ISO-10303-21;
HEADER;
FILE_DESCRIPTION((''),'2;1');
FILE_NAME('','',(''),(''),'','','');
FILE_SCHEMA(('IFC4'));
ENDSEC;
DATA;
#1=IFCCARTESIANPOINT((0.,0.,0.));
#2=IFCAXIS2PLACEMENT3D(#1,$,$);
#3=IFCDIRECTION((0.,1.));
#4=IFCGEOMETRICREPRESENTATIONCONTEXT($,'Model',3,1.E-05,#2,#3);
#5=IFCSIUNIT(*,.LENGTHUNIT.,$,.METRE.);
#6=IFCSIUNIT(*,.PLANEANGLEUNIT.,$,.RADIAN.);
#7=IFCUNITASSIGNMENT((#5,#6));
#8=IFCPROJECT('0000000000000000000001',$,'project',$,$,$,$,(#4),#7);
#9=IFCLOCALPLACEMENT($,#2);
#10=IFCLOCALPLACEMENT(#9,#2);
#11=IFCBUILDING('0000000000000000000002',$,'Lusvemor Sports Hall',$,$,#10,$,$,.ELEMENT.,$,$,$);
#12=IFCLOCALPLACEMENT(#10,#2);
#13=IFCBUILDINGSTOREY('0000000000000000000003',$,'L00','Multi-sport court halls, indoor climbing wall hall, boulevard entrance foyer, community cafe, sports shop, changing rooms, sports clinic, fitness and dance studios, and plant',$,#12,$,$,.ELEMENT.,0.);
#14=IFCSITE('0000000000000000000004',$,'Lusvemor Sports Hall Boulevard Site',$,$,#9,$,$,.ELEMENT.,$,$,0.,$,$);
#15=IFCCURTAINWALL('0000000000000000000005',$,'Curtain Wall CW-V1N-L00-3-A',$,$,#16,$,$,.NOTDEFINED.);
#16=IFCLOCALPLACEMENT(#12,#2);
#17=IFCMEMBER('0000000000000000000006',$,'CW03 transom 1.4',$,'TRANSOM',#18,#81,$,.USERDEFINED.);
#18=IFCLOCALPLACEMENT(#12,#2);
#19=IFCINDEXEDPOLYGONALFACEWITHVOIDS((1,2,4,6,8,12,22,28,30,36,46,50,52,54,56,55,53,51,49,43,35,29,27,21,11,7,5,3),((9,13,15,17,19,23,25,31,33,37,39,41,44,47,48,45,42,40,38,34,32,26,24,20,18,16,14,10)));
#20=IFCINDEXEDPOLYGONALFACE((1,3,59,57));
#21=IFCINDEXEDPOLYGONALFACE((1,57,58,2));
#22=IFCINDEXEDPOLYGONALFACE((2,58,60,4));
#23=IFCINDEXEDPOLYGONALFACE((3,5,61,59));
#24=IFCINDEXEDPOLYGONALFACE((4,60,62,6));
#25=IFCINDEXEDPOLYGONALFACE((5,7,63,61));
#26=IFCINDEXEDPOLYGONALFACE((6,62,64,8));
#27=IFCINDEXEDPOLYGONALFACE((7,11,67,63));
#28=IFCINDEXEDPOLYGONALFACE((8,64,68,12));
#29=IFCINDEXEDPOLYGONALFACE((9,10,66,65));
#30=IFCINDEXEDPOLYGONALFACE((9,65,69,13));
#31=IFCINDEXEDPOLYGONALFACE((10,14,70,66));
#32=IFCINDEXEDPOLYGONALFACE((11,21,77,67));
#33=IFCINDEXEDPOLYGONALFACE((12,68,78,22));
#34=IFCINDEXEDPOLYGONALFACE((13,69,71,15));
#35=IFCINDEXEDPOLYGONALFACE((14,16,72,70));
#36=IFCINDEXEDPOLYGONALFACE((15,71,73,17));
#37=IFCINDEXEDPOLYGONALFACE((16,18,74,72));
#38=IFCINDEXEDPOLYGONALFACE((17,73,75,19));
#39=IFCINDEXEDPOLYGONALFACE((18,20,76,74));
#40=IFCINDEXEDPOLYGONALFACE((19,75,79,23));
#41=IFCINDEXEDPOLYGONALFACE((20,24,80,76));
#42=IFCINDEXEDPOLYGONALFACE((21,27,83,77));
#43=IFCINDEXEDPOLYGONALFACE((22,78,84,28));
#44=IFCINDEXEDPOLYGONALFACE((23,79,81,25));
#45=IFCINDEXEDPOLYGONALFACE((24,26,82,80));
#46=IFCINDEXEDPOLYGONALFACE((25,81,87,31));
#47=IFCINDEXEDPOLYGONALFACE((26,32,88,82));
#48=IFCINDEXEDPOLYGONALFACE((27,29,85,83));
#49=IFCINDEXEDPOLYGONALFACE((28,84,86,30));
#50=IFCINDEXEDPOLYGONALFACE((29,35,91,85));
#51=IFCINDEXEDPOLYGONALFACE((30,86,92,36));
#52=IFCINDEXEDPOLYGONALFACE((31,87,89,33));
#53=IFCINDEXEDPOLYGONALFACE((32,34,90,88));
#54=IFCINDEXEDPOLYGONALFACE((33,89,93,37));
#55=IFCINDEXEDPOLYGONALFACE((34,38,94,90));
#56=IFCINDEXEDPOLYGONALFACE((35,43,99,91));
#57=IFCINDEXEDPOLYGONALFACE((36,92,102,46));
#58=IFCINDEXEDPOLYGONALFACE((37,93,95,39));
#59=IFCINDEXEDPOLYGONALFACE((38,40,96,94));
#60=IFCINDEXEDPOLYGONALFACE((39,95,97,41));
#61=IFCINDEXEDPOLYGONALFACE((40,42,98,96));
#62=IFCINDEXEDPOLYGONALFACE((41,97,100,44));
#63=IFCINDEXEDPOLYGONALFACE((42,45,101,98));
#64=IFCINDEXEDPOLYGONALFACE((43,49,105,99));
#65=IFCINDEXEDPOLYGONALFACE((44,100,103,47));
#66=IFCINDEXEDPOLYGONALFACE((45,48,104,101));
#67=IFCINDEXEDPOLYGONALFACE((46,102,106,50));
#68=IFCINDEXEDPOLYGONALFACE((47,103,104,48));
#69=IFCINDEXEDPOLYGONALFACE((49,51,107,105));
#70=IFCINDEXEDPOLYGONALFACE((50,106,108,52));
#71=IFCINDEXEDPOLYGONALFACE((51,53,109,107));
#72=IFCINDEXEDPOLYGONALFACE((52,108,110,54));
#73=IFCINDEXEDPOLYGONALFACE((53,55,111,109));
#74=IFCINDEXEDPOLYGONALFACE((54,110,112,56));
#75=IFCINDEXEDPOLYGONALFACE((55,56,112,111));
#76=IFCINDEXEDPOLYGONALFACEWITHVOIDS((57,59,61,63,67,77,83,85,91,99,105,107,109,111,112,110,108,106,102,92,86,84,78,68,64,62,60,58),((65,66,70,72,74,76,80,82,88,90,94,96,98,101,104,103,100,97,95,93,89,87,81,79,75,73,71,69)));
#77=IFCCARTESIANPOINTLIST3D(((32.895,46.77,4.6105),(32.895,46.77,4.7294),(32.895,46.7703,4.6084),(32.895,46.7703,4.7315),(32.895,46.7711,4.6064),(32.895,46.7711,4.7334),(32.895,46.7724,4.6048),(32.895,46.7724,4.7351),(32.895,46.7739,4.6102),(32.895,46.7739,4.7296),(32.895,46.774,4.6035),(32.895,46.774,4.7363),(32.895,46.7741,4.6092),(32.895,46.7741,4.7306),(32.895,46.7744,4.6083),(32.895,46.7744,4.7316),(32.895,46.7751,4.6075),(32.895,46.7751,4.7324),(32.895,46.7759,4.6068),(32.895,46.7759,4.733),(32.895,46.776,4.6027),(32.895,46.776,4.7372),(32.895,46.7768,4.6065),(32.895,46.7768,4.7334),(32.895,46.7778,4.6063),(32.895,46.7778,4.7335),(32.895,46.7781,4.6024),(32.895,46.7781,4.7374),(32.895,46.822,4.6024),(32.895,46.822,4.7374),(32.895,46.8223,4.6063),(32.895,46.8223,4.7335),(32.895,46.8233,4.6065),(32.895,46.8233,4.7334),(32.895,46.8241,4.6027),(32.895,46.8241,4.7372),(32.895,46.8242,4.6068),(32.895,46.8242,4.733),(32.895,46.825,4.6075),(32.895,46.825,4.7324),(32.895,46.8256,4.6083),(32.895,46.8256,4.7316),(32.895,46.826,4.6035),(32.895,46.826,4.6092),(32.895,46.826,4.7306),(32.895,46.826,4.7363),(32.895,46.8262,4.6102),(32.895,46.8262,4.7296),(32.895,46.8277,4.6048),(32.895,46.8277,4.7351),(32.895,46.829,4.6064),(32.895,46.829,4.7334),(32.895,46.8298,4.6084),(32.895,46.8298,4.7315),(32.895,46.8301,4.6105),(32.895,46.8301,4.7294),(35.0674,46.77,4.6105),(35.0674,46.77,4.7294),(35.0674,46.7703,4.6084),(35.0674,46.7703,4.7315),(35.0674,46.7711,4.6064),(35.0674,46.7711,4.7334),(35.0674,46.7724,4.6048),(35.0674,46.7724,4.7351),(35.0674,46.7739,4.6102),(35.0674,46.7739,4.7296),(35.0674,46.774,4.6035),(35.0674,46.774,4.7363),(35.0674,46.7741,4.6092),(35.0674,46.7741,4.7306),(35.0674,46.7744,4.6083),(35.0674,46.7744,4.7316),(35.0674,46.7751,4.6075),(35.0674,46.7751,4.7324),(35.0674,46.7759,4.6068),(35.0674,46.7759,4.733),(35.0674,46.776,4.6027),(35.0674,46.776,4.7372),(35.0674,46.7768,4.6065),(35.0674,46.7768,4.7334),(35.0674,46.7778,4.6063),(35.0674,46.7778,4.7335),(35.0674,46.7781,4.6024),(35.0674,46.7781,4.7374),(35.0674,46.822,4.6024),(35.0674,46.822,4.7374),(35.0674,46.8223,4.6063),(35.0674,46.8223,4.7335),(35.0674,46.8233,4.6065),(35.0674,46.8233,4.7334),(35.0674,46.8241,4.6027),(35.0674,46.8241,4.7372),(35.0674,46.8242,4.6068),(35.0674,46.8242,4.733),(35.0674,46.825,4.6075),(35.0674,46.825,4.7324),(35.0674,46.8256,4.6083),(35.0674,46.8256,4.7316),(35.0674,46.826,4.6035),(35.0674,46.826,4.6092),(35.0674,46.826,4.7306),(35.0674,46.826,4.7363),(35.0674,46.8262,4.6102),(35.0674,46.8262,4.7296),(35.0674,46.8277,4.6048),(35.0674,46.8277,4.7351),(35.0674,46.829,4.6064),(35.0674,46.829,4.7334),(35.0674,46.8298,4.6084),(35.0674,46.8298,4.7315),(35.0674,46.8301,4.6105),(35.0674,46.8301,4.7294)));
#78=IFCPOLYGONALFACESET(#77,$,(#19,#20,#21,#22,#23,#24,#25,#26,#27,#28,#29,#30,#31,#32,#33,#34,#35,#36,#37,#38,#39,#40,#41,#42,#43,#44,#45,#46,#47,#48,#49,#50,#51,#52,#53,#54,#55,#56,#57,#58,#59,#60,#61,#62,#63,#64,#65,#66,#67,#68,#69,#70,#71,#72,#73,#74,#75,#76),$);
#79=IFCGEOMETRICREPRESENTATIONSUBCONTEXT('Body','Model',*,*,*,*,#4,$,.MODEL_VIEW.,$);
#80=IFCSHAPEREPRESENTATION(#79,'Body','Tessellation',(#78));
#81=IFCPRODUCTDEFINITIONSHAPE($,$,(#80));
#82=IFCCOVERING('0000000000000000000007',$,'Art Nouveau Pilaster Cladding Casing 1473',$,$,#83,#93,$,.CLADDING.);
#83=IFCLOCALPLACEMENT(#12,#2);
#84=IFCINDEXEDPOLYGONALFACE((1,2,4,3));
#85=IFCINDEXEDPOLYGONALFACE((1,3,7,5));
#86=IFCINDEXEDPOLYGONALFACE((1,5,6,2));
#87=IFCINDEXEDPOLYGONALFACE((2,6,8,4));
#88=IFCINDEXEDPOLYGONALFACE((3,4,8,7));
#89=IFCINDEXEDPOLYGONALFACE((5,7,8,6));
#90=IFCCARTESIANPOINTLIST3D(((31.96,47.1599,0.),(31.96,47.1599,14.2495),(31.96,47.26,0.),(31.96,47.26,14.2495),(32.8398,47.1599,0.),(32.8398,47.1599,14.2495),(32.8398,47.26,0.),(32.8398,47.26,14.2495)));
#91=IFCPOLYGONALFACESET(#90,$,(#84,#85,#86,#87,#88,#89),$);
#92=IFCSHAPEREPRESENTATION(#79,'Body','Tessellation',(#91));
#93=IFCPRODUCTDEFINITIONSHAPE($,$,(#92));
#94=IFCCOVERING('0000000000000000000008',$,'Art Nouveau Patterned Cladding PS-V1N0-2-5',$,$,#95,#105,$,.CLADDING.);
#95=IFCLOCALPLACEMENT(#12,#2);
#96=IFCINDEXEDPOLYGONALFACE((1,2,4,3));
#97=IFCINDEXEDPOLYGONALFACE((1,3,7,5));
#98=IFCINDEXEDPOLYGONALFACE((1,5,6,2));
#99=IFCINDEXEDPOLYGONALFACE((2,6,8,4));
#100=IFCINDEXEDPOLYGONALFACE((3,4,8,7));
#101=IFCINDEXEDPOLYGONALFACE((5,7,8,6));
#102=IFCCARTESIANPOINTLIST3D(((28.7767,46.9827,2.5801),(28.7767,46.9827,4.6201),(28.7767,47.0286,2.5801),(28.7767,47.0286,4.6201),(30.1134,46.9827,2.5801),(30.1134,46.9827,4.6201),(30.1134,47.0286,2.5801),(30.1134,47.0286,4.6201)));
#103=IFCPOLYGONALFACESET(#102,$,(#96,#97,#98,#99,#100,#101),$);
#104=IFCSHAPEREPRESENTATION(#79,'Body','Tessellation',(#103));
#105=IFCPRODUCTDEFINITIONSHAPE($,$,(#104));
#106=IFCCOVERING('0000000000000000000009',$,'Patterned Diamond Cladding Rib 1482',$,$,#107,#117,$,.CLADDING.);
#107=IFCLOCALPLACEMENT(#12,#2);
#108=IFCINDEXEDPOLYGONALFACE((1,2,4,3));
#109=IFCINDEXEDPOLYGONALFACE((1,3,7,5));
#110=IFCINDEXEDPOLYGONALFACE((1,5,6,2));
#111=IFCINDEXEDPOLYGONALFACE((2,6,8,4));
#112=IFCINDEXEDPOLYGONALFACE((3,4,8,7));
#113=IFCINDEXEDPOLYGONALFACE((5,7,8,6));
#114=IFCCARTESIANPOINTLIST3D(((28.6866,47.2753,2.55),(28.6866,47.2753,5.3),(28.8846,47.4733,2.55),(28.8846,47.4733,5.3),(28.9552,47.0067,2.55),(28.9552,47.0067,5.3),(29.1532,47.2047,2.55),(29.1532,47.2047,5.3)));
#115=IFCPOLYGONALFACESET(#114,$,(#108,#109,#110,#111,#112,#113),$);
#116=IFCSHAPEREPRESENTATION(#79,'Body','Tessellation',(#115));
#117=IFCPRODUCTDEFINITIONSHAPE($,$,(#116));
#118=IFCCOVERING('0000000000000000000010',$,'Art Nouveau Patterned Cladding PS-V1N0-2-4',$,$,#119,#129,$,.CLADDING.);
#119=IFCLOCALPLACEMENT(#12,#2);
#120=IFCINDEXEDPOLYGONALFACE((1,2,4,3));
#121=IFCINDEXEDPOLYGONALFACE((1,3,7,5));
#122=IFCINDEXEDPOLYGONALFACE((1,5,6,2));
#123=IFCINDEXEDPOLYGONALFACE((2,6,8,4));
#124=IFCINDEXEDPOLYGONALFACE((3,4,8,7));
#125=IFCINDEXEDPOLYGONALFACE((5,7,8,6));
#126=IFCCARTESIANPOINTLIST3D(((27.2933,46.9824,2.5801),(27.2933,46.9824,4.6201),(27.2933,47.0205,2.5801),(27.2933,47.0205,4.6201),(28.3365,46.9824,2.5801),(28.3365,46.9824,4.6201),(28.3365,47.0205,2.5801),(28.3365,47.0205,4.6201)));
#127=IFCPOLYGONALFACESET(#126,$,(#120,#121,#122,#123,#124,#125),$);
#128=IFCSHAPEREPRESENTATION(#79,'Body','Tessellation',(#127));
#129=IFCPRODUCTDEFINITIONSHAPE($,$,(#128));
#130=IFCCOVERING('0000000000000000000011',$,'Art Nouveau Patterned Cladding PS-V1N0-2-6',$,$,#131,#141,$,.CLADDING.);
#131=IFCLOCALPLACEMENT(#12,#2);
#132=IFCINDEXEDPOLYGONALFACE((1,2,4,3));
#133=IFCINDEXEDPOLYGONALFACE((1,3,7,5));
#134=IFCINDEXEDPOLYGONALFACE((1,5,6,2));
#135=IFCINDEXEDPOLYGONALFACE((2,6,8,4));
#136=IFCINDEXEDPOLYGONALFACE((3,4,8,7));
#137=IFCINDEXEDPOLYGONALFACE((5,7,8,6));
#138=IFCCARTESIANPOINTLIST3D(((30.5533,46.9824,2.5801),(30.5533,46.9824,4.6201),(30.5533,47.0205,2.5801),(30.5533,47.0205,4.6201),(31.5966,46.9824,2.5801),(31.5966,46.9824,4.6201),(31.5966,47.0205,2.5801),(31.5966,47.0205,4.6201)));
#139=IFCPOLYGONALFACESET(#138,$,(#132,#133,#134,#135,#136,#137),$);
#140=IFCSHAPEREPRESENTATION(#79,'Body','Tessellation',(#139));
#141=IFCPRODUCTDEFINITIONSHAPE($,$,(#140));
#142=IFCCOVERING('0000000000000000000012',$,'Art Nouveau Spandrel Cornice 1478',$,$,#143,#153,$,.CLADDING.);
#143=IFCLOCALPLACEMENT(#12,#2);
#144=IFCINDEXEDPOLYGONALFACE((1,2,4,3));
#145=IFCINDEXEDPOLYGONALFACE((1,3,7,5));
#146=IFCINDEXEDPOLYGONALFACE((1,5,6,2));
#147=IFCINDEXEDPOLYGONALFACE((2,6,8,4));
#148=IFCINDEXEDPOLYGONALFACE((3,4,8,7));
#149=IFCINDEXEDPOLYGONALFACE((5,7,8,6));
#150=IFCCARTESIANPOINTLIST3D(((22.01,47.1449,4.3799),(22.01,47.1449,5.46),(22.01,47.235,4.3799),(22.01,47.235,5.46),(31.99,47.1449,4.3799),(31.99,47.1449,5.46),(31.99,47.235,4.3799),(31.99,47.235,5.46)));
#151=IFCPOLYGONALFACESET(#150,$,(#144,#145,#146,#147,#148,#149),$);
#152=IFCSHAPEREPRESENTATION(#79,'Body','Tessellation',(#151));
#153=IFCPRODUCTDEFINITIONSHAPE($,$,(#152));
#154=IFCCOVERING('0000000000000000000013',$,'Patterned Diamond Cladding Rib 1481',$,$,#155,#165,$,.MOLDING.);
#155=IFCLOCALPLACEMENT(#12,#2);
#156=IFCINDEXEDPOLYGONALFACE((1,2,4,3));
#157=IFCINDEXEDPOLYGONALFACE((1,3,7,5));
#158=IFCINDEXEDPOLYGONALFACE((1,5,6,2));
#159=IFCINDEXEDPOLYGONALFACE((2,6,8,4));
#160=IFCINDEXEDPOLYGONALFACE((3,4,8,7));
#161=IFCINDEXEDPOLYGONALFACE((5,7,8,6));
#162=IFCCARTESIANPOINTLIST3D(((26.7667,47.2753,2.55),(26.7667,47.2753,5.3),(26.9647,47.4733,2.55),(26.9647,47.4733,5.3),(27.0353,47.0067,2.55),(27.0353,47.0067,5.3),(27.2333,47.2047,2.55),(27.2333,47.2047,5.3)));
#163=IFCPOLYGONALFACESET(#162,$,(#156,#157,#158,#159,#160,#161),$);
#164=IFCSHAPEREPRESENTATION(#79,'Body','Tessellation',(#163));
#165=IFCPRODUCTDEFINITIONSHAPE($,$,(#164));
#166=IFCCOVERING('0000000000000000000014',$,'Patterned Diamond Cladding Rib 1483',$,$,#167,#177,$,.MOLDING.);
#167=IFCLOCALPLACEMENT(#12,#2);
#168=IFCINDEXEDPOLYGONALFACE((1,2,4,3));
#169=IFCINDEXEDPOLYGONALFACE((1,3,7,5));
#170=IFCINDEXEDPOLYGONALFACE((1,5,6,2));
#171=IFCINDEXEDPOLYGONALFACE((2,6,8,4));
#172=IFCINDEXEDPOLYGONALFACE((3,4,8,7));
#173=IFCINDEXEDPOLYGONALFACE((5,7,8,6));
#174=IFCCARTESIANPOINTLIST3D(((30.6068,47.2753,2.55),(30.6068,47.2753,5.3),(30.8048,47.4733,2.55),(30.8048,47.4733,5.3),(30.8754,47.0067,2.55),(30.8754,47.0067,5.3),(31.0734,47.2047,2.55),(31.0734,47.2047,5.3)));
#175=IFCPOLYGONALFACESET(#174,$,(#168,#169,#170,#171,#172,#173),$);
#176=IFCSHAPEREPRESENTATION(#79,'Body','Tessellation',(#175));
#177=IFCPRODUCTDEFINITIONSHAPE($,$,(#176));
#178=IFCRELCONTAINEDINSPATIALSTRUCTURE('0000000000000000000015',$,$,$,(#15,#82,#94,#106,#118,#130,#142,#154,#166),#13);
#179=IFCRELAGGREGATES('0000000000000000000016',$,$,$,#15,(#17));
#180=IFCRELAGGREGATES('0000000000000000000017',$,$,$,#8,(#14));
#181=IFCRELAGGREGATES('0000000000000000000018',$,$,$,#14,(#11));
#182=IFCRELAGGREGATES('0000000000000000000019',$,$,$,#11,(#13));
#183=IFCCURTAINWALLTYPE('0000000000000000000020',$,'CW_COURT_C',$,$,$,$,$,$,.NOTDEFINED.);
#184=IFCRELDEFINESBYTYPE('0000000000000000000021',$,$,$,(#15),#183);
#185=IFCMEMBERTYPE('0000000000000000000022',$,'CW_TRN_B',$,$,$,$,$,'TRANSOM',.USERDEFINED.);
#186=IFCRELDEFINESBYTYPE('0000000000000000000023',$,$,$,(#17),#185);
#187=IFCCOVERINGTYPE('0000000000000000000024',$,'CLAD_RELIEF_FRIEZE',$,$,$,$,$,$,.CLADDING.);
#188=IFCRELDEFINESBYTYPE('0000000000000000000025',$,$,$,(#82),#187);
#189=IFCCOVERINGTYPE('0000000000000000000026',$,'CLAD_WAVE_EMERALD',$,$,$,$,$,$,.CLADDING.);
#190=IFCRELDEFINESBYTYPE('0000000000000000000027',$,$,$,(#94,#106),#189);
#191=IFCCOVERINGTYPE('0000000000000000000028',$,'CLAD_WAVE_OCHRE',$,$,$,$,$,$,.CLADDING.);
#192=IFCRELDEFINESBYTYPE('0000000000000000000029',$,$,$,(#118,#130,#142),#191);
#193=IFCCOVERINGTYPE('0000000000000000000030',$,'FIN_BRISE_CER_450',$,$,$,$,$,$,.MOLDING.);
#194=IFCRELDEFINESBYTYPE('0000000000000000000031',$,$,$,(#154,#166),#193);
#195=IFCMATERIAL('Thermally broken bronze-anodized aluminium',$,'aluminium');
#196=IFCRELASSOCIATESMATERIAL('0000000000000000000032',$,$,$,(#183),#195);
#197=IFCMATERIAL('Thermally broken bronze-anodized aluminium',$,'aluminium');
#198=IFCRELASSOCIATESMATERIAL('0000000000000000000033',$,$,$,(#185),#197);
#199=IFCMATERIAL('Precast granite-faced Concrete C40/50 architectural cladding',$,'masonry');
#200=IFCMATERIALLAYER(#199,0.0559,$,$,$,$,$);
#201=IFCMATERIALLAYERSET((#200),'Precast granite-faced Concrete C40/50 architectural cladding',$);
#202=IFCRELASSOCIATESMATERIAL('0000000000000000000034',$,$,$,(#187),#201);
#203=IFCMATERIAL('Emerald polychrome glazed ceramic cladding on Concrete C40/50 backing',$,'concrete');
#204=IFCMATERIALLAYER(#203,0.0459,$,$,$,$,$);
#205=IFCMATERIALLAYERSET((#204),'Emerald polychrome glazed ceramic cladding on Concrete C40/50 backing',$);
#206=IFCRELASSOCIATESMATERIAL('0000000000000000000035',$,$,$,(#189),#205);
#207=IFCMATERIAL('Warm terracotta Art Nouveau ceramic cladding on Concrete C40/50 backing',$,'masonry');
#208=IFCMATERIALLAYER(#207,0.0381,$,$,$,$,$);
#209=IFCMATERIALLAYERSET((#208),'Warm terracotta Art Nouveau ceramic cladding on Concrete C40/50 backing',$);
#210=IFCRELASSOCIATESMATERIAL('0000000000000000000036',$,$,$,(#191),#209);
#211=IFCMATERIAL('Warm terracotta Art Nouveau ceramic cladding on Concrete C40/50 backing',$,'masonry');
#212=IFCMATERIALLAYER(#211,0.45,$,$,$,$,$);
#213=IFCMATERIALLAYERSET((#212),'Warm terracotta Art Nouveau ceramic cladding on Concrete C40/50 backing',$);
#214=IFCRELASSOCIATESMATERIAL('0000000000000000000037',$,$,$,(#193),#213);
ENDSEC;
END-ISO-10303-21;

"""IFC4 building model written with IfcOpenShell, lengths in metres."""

from ifc_helpers import new_model, si_unit, direction, frame, origin, origin_2d, place, context, subcontext, project, spatial, rectangle, hollow_rectangle, extrude, material, layer, layer_set, material_profile, profile_set, type_object, element, aggregate, save


model = new_model("IFC4")

# Units and contexts
model_context = context("Model", 3, precision=1e-05, world=origin(), true_north=direction((0.0, 1.0)))
body_context = subcontext(model_context, "Body", "Model", "MODEL_VIEW")
ifc_project = project(units=[si_unit("LENGTHUNIT", "METRE"), si_unit("PLANEANGLEUNIT", "RADIAN")], contexts=[model_context])

# Site, building, storey
site_placement = place(None, origin())
site = spatial("IfcSite", under=ifc_project, at=site_placement, Name="Lusvemor Sports Hall Boulevard Site", CompositionType="ELEMENT", RefElevation=0.0)
building_placement = place(site_placement, origin())
building = spatial("IfcBuilding", under=site, at=building_placement, Name="Lusvemor Sports Hall", CompositionType="ELEMENT")
storey_placement = place(building_placement, origin())
storey = spatial("IfcBuildingStorey", under=building, at=storey_placement, Name="L00", Description="Multi-sport court halls, indoor climbing wall hall, boulevard entrance foyer, community cafe, sports shop, changing rooms, sports clinic, fitness and dance studios, and plant", CompositionType="ELEMENT", Elevation=0.0)

# Curtain wall, member
ifc_material_1 = material(Name="Thermally broken bronze-anodized aluminium", Category="aluminium")
curtain_wall_type = type_object("IfcCurtainWallType", Name="CW_COURT_C", PredefinedType="NOTDEFINED", material=ifc_material_1)
curtain_wall_placement = place(storey_placement, origin())
curtain_wall = element("IfcCurtainWall", 1, at=curtain_wall_placement, inside=storey, type_object=curtain_wall_type, Name="Curtain Wall CW-V1N-L00-3-A", PredefinedType="NOTDEFINED")
ifc_material_2 = material(Name="Thermally broken bronze-anodized aluminium", Category="aluminium")
ifc_material_profile_1 = material_profile(ifc_material_2, hollow_rectangle(XDim=0.0601, YDim=0.135, WallThickness=0.0039, InnerFilletRadius=0.0039, OuterFilletRadius=0.0081, at=origin_2d()), Name="CWTRN135x60x4")
ifc_profile_set_1 = profile_set([ifc_material_profile_1], Name="Thermally broken bronze-anodized aluminium")
member_type_1 = type_object("IfcMemberType", Name="CW_TRN_B", ElementType="TRANSOM", PredefinedType="USERDEFINED", material=ifc_profile_set_1)
member_1_placement = place(storey_placement, frame((32.895, 46.8, 4.6699), z_axis=(1.0, 0.0, 0.0), x_axis=(0.0, 1.0, 0.0)))
member_1 = element("IfcMember", 2, at=member_1_placement, type_object=member_type_1, Name="CW03 transom 1.4", ObjectType="TRANSOM", PredefinedType="USERDEFINED", context=body_context, shape_type="SweptSolid", body=[
    extrude(hollow_rectangle(XDim=0.0601, YDim=0.135, WallThickness=0.0039, InnerFilletRadius=0.0039, OuterFilletRadius=0.0081, at=origin_2d()), origin(), (0.0, 0.0, 1.0), 2.1724),
])
aggregate(curtain_wall, [member_1])

# Coverings
ifc_material_3 = material(Name="Precast granite-faced Concrete C40/50 architectural cladding", Category="masonry")
ifc_layer_1 = layer(ifc_material_3, 0.0559)
ifc_layer_set_1 = layer_set([ifc_layer_1], Name="Precast granite-faced Concrete C40/50 architectural cladding")
covering_type_1 = type_object("IfcCoveringType", Name="CLAD_RELIEF_FRIEZE", PredefinedType="CLADDING", material=ifc_layer_set_1)
covering_1_placement = place(storey_placement, frame((32.3999, 47.21, 0.0), z_axis=(0.0, 0.0, 1.0), x_axis=(1.0, 0.0, 0.0)))
element("IfcCovering", 3, at=covering_1_placement, inside=storey, type_object=covering_type_1, Name="Art Nouveau Pilaster Cladding Casing 1473", PredefinedType="CLADDING", context=body_context, shape_type="SweptSolid", body=[
    extrude(rectangle(XDim=0.8799, YDim=0.1001, at=origin_2d()), origin(), (0.0, 0.0, 1.0), 14.2495),
])
ifc_material_4 = material(Name="Emerald polychrome glazed ceramic cladding on Concrete C40/50 backing", Category="concrete")
ifc_layer_2 = layer(ifc_material_4, 0.0459)
ifc_layer_set_2 = layer_set([ifc_layer_2], Name="Emerald polychrome glazed ceramic cladding on Concrete C40/50 backing")
covering_type_2 = type_object("IfcCoveringType", Name="CLAD_WAVE_EMERALD", PredefinedType="CLADDING", material=ifc_layer_set_2)
covering_2_placement = place(storey_placement, frame((29.4451, 47.0056, 2.5801), z_axis=(0.0, 0.0, 1.0), x_axis=(1.0, 0.0, 0.0)))
element("IfcCovering", 4, at=covering_2_placement, inside=storey, type_object=covering_type_2, Name="Art Nouveau Patterned Cladding PS-V1N0-2-5", PredefinedType="CLADDING", context=body_context, shape_type="SweptSolid", body=[
    extrude(rectangle(XDim=1.3367, YDim=0.0459, at=origin_2d()), origin(), (0.0, 0.0, 1.0), 2.04),
])
covering_3_placement = place(storey_placement, frame((28.9199, 47.24, 2.55), z_axis=(0.0, 0.0, 1.0), x_axis=(0.707107, 0.707107, 0.0)))
element("IfcCovering", 5, at=covering_3_placement, inside=storey, type_object=covering_type_2, Name="Patterned Diamond Cladding Rib 1482", PredefinedType="CLADDING", context=body_context, shape_type="SweptSolid", body=[
    extrude(rectangle(XDim=0.28, YDim=0.3799, at=origin_2d()), origin(), (0.0, 0.0, 1.0), 2.75),
])
ifc_material_5 = material(Name="Warm terracotta Art Nouveau ceramic cladding on Concrete C40/50 backing", Category="masonry")
ifc_layer_3 = layer(ifc_material_5, 0.0381)
ifc_layer_set_3 = layer_set([ifc_layer_3], Name="Warm terracotta Art Nouveau ceramic cladding on Concrete C40/50 backing")
covering_type_3 = type_object("IfcCoveringType", Name="CLAD_WAVE_OCHRE", PredefinedType="CLADDING", material=ifc_layer_set_3)
for number, where, z_axis, x_axis, name in (
    (6, (27.8149, 47.0015, 2.5801), (0.0, 0.0, 1.0), (1.0, 0.0, 0.0), "Art Nouveau Patterned Cladding PS-V1N0-2-4"),
    (7, (31.075, 47.0015, 2.5801), (0.0, 0.0, 1.0), (1.0, 0.0, 0.0), "Art Nouveau Patterned Cladding PS-V1N0-2-6"),
):
    element("IfcCovering", number, at=place(storey_placement, frame(where, z_axis=z_axis, x_axis=x_axis)), inside=storey, type_object=covering_type_3, Name=name, PredefinedType="CLADDING", context=body_context, shape_type="SweptSolid", body=[
        extrude(rectangle(XDim=1.0432, YDim=0.0381, at=origin_2d()), origin(), (0.0, 0.0, 1.0), 2.04),
    ])
covering_4_placement = place(storey_placement, frame((27.0, 47.1899, 4.3799), z_axis=(0.0, 0.0, 1.0), x_axis=(1.0, 0.0, 0.0)))
element("IfcCovering", 8, at=covering_4_placement, inside=storey, type_object=covering_type_3, Name="Art Nouveau Spandrel Cornice 1478", PredefinedType="CLADDING", context=body_context, shape_type="SweptSolid", body=[
    extrude(rectangle(XDim=9.98, YDim=0.0901, at=origin_2d()), origin(), (0.0, 0.0, 1.0), 1.0801),
])
ifc_material_6 = material(Name="Warm terracotta Art Nouveau ceramic cladding on Concrete C40/50 backing", Category="masonry")
ifc_layer_4 = layer(ifc_material_6, 0.45)
ifc_layer_set_4 = layer_set([ifc_layer_4], Name="Warm terracotta Art Nouveau ceramic cladding on Concrete C40/50 backing")
covering_type_4 = type_object("IfcCoveringType", Name="FIN_BRISE_CER_450", PredefinedType="MOLDING", material=ifc_layer_set_4)
for number, where, z_axis, x_axis, name in (
    (9, (27.0, 47.24, 2.55), (0.0, 0.0, 1.0), (0.707107, 0.707107, 0.0), "Patterned Diamond Cladding Rib 1481"),
    (10, (30.8401, 47.24, 2.55), (0.0, 0.0, 1.0), (0.707107, 0.707107, 0.0), "Patterned Diamond Cladding Rib 1483"),
):
    element("IfcCovering", number, at=place(storey_placement, frame(where, z_axis=z_axis, x_axis=x_axis)), inside=storey, type_object=covering_type_4, Name=name, PredefinedType="MOLDING", context=body_context, shape_type="SweptSolid", body=[
        extrude(rectangle(XDim=0.28, YDim=0.3799, at=origin_2d()), origin(), (0.0, 0.0, 1.0), 2.75),
    ])

save(model, "model.ifc")
